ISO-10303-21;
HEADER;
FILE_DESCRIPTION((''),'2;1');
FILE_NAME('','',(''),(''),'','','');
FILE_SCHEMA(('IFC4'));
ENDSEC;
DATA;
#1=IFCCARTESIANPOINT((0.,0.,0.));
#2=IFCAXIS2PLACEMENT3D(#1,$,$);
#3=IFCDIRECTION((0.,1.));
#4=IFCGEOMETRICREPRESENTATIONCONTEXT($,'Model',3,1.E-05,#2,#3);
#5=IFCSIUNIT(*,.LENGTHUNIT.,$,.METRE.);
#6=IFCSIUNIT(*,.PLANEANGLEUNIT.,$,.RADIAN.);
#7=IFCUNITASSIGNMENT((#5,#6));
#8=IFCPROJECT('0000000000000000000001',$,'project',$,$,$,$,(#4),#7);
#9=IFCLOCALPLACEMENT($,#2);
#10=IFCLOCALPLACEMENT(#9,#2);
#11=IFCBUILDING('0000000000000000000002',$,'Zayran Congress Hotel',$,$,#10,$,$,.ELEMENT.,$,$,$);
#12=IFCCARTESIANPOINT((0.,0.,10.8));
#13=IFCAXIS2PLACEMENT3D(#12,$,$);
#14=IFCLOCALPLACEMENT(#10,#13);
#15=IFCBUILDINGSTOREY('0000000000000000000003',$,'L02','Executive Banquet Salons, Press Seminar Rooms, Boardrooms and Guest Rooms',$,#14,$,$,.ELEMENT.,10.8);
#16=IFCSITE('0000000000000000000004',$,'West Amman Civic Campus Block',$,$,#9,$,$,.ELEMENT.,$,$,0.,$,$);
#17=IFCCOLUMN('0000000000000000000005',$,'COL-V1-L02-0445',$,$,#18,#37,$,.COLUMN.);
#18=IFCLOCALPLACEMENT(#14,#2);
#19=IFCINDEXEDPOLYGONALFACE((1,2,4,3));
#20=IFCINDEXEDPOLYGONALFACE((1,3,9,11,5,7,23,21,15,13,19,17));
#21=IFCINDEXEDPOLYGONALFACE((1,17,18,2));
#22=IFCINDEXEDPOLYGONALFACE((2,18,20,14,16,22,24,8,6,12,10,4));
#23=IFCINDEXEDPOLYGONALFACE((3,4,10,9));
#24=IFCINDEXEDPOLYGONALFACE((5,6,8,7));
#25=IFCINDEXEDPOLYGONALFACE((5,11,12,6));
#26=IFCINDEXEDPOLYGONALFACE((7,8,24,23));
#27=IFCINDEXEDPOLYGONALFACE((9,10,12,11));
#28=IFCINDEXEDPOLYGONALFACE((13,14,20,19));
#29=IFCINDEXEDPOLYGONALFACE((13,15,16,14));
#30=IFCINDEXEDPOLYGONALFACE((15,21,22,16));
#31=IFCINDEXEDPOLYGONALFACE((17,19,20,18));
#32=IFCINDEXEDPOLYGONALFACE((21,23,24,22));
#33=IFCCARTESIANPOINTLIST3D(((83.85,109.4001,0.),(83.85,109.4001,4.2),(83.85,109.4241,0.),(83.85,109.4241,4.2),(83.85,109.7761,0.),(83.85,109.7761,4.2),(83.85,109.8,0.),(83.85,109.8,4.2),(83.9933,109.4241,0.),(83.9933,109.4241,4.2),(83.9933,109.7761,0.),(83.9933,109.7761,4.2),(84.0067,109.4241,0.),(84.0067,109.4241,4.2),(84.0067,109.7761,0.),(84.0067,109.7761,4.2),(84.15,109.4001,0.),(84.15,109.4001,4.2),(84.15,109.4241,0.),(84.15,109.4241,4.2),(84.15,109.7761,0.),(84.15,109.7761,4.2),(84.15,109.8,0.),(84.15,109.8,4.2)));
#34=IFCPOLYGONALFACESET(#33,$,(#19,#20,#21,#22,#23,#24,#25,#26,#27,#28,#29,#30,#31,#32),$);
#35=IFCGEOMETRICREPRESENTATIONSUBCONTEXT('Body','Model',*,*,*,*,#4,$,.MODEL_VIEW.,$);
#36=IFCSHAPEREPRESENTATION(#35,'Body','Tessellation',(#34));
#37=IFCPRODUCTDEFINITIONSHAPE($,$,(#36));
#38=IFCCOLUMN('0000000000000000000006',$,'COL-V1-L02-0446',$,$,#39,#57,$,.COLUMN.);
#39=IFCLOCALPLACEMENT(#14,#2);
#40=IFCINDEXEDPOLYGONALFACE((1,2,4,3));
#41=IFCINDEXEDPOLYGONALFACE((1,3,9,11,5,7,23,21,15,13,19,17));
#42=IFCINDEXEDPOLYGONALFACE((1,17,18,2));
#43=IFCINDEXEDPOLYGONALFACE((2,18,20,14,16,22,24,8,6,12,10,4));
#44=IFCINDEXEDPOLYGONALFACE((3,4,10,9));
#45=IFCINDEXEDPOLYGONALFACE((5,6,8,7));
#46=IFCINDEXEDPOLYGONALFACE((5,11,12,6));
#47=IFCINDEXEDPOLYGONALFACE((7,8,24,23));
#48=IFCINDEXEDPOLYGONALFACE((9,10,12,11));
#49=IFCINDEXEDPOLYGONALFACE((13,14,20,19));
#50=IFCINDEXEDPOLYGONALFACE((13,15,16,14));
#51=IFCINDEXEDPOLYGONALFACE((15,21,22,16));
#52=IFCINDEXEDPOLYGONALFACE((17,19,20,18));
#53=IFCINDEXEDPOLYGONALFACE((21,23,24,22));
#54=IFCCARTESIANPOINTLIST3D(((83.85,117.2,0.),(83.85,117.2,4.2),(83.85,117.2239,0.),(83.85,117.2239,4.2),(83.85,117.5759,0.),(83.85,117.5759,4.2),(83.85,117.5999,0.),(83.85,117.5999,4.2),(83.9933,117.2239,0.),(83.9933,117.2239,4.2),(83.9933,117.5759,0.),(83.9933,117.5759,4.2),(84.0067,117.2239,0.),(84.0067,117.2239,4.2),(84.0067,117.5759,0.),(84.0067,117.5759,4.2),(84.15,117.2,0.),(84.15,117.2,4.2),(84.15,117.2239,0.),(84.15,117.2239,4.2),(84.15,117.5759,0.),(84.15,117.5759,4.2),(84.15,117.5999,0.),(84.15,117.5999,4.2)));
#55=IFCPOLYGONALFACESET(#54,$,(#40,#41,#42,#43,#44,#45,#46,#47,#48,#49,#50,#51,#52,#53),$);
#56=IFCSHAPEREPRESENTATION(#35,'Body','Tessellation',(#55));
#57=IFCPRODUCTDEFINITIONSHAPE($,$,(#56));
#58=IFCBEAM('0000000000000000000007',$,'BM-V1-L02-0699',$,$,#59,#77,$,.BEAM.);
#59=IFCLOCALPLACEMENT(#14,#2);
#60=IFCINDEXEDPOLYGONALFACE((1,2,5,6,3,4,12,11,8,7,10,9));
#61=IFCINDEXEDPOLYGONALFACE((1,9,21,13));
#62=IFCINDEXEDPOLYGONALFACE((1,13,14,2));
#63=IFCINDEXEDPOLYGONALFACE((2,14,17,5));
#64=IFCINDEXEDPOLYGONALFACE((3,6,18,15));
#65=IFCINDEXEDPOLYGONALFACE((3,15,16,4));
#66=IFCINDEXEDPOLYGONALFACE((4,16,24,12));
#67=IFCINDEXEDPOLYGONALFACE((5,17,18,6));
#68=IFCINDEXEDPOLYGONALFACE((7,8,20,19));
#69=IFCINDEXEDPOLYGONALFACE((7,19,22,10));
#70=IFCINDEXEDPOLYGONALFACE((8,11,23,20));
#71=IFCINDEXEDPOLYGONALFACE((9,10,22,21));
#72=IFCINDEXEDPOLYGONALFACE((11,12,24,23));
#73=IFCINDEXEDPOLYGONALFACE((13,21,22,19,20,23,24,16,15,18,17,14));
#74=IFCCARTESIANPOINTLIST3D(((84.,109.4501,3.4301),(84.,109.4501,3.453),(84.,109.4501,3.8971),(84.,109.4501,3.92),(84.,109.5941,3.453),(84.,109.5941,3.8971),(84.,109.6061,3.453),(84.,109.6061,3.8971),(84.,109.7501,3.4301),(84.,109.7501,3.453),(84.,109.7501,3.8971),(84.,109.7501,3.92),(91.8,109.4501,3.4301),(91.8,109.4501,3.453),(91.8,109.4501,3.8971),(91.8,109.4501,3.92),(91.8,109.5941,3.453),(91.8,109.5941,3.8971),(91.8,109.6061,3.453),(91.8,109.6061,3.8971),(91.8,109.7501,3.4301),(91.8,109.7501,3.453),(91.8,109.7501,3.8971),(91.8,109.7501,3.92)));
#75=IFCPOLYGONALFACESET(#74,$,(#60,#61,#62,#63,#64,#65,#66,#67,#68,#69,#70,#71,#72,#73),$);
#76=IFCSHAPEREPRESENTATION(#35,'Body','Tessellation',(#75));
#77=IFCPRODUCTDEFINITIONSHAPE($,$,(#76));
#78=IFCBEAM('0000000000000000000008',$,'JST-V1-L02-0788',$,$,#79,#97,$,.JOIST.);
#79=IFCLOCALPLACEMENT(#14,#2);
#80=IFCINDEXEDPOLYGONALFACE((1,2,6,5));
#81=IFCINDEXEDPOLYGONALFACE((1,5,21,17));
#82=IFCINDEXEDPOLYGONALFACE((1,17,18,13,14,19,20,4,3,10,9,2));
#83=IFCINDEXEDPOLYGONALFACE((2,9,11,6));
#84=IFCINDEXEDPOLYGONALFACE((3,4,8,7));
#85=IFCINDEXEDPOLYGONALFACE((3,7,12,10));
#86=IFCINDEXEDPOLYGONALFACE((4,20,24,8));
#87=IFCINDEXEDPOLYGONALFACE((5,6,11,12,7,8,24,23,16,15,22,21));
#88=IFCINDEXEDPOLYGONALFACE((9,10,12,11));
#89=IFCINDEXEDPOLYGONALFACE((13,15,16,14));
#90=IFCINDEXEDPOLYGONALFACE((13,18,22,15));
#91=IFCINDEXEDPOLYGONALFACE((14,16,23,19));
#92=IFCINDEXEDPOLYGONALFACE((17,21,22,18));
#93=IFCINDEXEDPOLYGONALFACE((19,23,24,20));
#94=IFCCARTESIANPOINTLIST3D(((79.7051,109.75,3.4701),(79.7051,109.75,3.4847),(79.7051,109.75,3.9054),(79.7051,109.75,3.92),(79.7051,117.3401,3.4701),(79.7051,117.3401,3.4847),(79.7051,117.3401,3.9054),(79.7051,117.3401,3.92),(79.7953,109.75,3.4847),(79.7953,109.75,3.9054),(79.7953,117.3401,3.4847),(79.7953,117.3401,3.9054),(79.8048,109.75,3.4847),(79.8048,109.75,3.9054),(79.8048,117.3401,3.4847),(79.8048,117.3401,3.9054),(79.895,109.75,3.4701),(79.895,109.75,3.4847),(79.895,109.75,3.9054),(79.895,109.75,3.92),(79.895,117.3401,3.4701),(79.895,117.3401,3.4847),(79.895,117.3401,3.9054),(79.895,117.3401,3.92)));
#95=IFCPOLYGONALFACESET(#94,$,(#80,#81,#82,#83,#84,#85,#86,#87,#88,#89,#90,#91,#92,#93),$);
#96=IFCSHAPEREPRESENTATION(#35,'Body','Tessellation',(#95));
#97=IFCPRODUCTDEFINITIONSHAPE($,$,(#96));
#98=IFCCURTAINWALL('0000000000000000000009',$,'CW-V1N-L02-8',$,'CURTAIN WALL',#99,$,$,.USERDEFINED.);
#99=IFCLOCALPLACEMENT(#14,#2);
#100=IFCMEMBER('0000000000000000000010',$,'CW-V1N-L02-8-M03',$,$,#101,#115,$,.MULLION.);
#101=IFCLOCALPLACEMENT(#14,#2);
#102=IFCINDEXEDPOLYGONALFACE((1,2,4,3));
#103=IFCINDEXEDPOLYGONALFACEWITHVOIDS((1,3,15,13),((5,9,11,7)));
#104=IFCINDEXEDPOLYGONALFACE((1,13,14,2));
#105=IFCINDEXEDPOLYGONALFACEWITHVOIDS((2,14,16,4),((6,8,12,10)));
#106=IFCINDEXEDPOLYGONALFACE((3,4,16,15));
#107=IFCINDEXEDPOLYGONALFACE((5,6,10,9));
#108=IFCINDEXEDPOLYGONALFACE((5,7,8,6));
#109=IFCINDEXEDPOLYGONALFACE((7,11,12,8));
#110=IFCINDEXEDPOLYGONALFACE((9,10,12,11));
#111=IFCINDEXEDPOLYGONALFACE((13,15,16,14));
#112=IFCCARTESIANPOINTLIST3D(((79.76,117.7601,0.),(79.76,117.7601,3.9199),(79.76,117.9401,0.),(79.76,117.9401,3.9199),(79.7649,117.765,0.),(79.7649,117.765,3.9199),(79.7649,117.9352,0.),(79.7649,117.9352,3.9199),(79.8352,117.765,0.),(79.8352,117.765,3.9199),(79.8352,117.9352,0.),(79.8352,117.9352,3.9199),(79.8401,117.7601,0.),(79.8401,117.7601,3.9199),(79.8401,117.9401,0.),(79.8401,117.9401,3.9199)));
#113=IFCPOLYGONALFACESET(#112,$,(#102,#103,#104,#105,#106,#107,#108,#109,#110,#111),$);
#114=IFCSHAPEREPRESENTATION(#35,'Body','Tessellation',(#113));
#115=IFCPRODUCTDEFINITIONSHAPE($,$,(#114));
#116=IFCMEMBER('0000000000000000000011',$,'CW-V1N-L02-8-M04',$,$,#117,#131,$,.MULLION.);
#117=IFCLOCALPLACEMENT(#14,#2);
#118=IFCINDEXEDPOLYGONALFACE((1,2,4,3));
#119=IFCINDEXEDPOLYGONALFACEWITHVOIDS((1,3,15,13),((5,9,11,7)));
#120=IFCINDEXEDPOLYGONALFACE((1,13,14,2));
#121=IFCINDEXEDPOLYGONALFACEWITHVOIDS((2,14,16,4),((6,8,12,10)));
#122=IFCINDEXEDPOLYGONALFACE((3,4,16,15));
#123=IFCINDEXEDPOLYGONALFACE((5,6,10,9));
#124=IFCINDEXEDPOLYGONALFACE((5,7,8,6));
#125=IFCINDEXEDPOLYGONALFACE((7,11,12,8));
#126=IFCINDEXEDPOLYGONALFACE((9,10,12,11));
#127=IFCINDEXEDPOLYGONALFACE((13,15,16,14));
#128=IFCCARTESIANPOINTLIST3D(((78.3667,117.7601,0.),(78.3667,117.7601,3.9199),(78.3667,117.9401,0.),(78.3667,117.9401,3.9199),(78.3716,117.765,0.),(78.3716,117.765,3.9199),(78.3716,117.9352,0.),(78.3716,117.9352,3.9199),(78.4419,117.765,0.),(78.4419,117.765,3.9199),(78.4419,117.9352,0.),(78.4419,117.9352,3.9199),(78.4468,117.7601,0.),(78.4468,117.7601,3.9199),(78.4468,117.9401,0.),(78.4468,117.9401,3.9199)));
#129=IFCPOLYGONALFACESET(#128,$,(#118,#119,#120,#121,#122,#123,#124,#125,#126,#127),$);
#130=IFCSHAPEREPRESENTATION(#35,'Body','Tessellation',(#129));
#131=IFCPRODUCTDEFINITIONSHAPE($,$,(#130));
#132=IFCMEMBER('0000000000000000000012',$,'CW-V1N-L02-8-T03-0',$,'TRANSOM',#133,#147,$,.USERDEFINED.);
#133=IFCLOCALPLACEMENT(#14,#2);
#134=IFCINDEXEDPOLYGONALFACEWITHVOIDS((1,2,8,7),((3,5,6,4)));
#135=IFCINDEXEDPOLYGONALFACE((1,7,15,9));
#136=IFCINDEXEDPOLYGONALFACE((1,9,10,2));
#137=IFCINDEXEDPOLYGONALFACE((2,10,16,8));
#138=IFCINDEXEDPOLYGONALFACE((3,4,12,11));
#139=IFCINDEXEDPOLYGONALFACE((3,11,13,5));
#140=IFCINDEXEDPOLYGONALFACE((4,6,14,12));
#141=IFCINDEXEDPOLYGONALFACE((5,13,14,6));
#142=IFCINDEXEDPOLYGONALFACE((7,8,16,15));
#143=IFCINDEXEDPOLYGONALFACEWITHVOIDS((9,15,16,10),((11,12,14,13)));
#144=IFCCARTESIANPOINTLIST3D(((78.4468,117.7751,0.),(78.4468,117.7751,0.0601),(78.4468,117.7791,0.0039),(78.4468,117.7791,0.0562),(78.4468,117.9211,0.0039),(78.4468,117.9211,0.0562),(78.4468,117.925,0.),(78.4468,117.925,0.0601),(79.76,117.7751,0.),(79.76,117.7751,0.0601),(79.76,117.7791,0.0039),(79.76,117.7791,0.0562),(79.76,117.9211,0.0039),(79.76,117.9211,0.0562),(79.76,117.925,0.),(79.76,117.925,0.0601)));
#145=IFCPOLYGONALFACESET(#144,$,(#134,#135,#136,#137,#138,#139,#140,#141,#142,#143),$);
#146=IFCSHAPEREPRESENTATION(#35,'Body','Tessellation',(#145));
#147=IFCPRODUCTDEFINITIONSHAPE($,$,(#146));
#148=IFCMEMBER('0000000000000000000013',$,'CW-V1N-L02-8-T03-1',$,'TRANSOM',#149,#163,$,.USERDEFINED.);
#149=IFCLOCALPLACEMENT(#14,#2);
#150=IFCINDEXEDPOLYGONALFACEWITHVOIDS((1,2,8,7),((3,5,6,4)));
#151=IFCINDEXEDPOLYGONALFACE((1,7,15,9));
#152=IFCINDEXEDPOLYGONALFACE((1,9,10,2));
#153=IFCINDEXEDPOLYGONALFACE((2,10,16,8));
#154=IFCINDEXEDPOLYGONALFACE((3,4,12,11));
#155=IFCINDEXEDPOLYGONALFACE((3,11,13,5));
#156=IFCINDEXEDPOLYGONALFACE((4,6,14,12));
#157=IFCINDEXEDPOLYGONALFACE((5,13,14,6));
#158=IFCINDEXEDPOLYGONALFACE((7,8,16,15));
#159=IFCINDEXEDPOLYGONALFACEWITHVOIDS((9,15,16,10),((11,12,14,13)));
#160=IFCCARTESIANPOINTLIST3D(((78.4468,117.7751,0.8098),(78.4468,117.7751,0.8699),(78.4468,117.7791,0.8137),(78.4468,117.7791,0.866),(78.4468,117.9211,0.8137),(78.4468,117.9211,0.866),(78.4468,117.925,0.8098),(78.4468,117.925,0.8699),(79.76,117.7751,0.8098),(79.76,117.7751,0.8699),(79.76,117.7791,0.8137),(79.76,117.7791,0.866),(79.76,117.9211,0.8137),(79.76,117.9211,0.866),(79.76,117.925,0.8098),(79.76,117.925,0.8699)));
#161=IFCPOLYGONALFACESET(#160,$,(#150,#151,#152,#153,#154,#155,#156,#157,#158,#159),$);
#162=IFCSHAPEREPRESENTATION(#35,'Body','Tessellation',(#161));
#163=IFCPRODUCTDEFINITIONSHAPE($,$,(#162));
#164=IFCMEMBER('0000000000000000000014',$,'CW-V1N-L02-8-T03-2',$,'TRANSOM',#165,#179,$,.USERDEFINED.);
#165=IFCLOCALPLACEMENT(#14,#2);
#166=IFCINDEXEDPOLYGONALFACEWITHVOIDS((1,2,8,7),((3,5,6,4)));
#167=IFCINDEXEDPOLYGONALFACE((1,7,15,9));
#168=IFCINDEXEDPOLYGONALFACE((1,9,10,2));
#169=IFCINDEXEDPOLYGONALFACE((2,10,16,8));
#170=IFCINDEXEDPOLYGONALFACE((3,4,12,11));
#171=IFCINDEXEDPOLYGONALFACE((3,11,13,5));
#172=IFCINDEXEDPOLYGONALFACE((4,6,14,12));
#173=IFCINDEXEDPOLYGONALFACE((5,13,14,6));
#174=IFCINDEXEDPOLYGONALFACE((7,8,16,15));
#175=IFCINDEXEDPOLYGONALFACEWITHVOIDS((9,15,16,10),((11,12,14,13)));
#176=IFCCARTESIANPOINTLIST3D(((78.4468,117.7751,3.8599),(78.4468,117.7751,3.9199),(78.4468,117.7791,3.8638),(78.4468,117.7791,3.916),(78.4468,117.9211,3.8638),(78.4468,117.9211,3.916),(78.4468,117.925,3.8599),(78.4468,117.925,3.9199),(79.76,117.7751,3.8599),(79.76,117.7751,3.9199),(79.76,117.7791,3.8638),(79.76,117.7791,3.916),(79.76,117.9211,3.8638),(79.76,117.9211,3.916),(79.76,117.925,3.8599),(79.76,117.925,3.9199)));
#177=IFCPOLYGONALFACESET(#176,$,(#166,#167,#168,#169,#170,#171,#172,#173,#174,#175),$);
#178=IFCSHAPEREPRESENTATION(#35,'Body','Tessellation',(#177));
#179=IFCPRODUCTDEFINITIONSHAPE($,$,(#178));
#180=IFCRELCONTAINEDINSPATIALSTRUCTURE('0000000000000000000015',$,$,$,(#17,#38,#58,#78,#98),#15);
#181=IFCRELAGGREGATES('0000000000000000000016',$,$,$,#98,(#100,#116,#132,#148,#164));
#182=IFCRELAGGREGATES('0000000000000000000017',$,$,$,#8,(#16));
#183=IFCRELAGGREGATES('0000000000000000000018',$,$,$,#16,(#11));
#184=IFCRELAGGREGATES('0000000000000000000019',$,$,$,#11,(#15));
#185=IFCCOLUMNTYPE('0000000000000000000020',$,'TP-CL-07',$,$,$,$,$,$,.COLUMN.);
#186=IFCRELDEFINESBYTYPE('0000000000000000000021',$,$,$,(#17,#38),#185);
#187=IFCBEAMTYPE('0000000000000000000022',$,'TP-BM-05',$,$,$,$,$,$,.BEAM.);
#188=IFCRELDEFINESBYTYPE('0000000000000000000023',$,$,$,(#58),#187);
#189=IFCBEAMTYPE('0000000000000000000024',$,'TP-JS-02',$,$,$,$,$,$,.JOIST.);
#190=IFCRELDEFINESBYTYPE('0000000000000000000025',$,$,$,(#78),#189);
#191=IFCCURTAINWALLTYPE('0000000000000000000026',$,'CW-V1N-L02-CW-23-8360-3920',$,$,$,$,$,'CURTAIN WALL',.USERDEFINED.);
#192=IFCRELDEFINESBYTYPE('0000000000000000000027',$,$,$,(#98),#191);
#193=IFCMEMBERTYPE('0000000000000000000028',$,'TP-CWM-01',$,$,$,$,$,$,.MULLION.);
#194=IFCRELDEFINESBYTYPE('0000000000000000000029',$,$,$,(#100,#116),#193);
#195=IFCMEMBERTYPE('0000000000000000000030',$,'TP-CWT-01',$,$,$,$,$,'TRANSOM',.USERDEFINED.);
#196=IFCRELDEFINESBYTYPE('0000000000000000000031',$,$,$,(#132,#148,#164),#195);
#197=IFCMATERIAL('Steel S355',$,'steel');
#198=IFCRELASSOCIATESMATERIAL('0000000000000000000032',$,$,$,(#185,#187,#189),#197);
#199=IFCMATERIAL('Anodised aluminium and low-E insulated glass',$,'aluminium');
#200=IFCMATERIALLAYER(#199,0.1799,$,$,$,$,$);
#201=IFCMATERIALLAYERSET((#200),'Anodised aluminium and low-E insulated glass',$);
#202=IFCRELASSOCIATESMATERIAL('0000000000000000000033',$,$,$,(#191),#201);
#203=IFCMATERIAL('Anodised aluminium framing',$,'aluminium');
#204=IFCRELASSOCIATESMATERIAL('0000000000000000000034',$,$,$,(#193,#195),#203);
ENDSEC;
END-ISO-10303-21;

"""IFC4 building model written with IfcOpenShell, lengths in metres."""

from ifc_helpers import new_model, si_unit, direction, frame, origin, origin_2d, place, context, subcontext, project, spatial, hollow_rectangle, i_section, extrude, material, layer, layer_set, material_profile, profile_set, type_object, element, aggregate, save


model = new_model("IFC4")

# Units and contexts
model_context = context("Model", 3, precision=1e-05, world=origin(), true_north=direction((0.0, 1.0)))
body_context = subcontext(model_context, "Body", "Model", "MODEL_VIEW")
ifc_project = project(units=[si_unit("LENGTHUNIT", "METRE"), si_unit("PLANEANGLEUNIT", "RADIAN")], contexts=[model_context])

# Site, building, storey
site_placement = place(None, origin())
site = spatial("IfcSite", under=ifc_project, at=site_placement, Name="West Amman Civic Campus Block", CompositionType="ELEMENT", RefElevation=0.0)
building_placement = place(site_placement, origin())
building = spatial("IfcBuilding", under=site, at=building_placement, Name="Zayran Congress Hotel", CompositionType="ELEMENT")
storey_placement = place(building_placement, frame((0.0, 0.0, 10.8)))
storey = spatial("IfcBuildingStorey", under=building, at=storey_placement, Name="L02", Description="Executive Banquet Salons, Press Seminar Rooms, Boardrooms and Guest Rooms", CompositionType="ELEMENT", Elevation=10.8)

# Columns
ifc_material_1 = material(Name="Steel S355", Category="steel")
ifc_material_profile_1 = material_profile(ifc_material_1, i_section(OverallWidth=0.3, OverallDepth=0.3999, WebThickness=0.0134, FlangeThickness=0.0239, at=origin_2d()), Name="HEB 400")
ifc_profile_set_1 = profile_set([ifc_material_profile_1], Name="Steel S355")
column_type = type_object("IfcColumnType", Name="TP-CL-07", PredefinedType="COLUMN", material=ifc_profile_set_1)
for number, where, z_axis, x_axis, name in (
    (1, (84.0, 109.6001, 0.0), (0.0, 0.0, 1.0), (1.0, 0.0, 0.0), "COL-V1-L02-0445"),
    (2, (84.0, 117.3999, 0.0), (0.0, 0.0, 1.0), (1.0, 0.0, 0.0), "COL-V1-L02-0446"),
):
    element("IfcColumn", number, at=place(storey_placement, frame(where, z_axis=z_axis, x_axis=x_axis)), inside=storey, type_object=column_type, Name=name, PredefinedType="COLUMN", context=body_context, shape_type="SweptSolid", body=[
        extrude(i_section(OverallWidth=0.3, OverallDepth=0.3999, WebThickness=0.0134, FlangeThickness=0.0239, at=origin_2d()), origin(), (0.0, 0.0, 1.0), 4.2),
    ])

# Beams
ifc_material_profile_2 = material_profile(ifc_material_1, i_section(OverallWidth=0.3, OverallDepth=0.49, WebThickness=0.012, FlangeThickness=0.0229, at=origin_2d()), Name="HEA 500")
ifc_profile_set_2 = profile_set([ifc_material_profile_2], Name="Steel S355")
beam_type_1 = type_object("IfcBeamType", Name="TP-BM-05", PredefinedType="BEAM", material=ifc_profile_set_2)
beam_1_placement = place(storey_placement, frame((84.0, 109.6001, 3.675), z_axis=(1.0, 0.0, 0.0), x_axis=(0.0, 1.0, 0.0)))
element("IfcBeam", 3, at=beam_1_placement, inside=storey, type_object=beam_type_1, Name="BM-V1-L02-0699", PredefinedType="BEAM", context=body_context, shape_type="SweptSolid", body=[
    extrude(i_section(OverallWidth=0.3, OverallDepth=0.49, WebThickness=0.012, FlangeThickness=0.0229, at=origin_2d()), origin(), (0.0, 0.0, 1.0), 7.8),
])
ifc_material_profile_3 = material_profile(ifc_material_1, i_section(OverallWidth=0.1899, OverallDepth=0.45, WebThickness=0.0095, FlangeThickness=0.0146, at=origin_2d()), Name="IPE 450")
ifc_profile_set_3 = profile_set([ifc_material_profile_3], Name="Steel S355")
beam_type_2 = type_object("IfcBeamType", Name="TP-JS-02", PredefinedType="JOIST", material=ifc_profile_set_3)
beam_2_placement = place(storey_placement, frame((79.8, 109.75, 3.6951), z_axis=(0.0, 1.0, 0.0), x_axis=(-1.0, 0.0, 0.0)))
element("IfcBeam", 4, at=beam_2_placement, inside=storey, type_object=beam_type_2, Name="JST-V1-L02-0788", PredefinedType="JOIST", context=body_context, shape_type="SweptSolid", body=[
    extrude(i_section(OverallWidth=0.1899, OverallDepth=0.45, WebThickness=0.0095, FlangeThickness=0.0146, at=origin_2d()), origin(), (0.0, 0.0, 1.0), 7.5901),
])

# Curtain wall, members
ifc_material_2 = material(Name="Anodised aluminium and low-E insulated glass", Category="aluminium")
ifc_layer_1 = layer(ifc_material_2, 0.1799)
ifc_layer_set_1 = layer_set([ifc_layer_1], Name="Anodised aluminium and low-E insulated glass")
curtain_wall_type = type_object("IfcCurtainWallType", Name="CW-V1N-L02-CW-23-8360-3920", ElementType="CURTAIN WALL", PredefinedType="USERDEFINED", material=ifc_layer_set_1)
curtain_wall_placement = place(storey_placement, origin())
curtain_wall = element("IfcCurtainWall", 5, at=curtain_wall_placement, inside=storey, type_object=curtain_wall_type, Name="CW-V1N-L02-8", ObjectType="CURTAIN WALL", PredefinedType="USERDEFINED")
ifc_material_3 = material(Name="Anodised aluminium framing", Category="aluminium")
ifc_material_profile_4 = material_profile(ifc_material_3, hollow_rectangle(XDim=0.0801, YDim=0.1799, WallThickness=0.0049, at=origin_2d()), Name="RHS 180x80x5")
ifc_profile_set_4 = profile_set([ifc_material_profile_4], Name="Anodised aluminium framing")
member_type_1 = type_object("IfcMemberType", Name="TP-CWM-01", PredefinedType="MULLION", material=ifc_profile_set_4)
member_1_placement = place(storey_placement, frame((79.8, 117.8501, 0.0), z_axis=(0.0, 0.0, 1.0), x_axis=(1.0, 0.0, 0.0)))
member_1 = element("IfcMember", 6, at=member_1_placement, type_object=member_type_1, Name="CW-V1N-L02-8-M03", PredefinedType="MULLION", context=body_context, shape_type="SweptSolid", body=[
    extrude(hollow_rectangle(XDim=0.0801, YDim=0.1799, WallThickness=0.0049, at=origin_2d()), origin(), (0.0, 0.0, 1.0), 3.9199),
])
member_2_placement = place(storey_placement, frame((78.4067, 117.8501, 0.0), z_axis=(0.0, 0.0, 1.0), x_axis=(1.0, 0.0, 0.0)))
member_2 = element("IfcMember", 7, at=member_2_placement, type_object=member_type_1, Name="CW-V1N-L02-8-M04", PredefinedType="MULLION", context=body_context, shape_type="SweptSolid", body=[
    extrude(hollow_rectangle(XDim=0.0801, YDim=0.1799, WallThickness=0.0049, at=origin_2d()), origin(), (0.0, 0.0, 1.0), 3.9199),
])
ifc_material_profile_5 = material_profile(ifc_material_3, hollow_rectangle(XDim=0.0601, YDim=0.1499, WallThickness=0.0039, at=origin_2d()), Name="RHS 150x60x4")
ifc_profile_set_5 = profile_set([ifc_material_profile_5], Name="Anodised aluminium framing")
member_type_2 = type_object("IfcMemberType", Name="TP-CWT-01", ElementType="TRANSOM", PredefinedType="USERDEFINED", material=ifc_profile_set_5)
member_3_placement = place(storey_placement, frame((79.76, 117.8501, 0.03), z_axis=(-1.0, 0.0, 0.0), x_axis=(0.0, 0.0, 1.0)))
member_3 = element("IfcMember", 8, at=member_3_placement, type_object=member_type_2, Name="CW-V1N-L02-8-T03-0", ObjectType="TRANSOM", PredefinedType="USERDEFINED", context=body_context, shape_type="SweptSolid", body=[
    extrude(hollow_rectangle(XDim=0.0601, YDim=0.1499, WallThickness=0.0039, at=origin_2d()), origin(), (0.0, 0.0, 1.0), 1.3132),
])
member_4_placement = place(storey_placement, frame((79.76, 117.8501, 0.8398), z_axis=(-1.0, 0.0, 0.0), x_axis=(0.0, 0.0, 1.0)))
member_4 = element("IfcMember", 9, at=member_4_placement, type_object=member_type_2, Name="CW-V1N-L02-8-T03-1", ObjectType="TRANSOM", PredefinedType="USERDEFINED", context=body_context, shape_type="SweptSolid", body=[
    extrude(hollow_rectangle(XDim=0.0601, YDim=0.1499, WallThickness=0.0039, at=origin_2d()), origin(), (0.0, 0.0, 1.0), 1.3132),
])
member_5_placement = place(storey_placement, frame((79.76, 117.8501, 3.8899), z_axis=(-1.0, 0.0, 0.0), x_axis=(0.0, 0.0, 1.0)))
member_5 = element("IfcMember", 10, at=member_5_placement, type_object=member_type_2, Name="CW-V1N-L02-8-T03-2", ObjectType="TRANSOM", PredefinedType="USERDEFINED", context=body_context, shape_type="SweptSolid", body=[
    extrude(hollow_rectangle(XDim=0.0601, YDim=0.1499, WallThickness=0.0039, at=origin_2d()), origin(), (0.0, 0.0, 1.0), 1.3132),
])
aggregate(curtain_wall, [member_1, member_2, member_3, member_4, member_5])

save(model, "model.ifc")
